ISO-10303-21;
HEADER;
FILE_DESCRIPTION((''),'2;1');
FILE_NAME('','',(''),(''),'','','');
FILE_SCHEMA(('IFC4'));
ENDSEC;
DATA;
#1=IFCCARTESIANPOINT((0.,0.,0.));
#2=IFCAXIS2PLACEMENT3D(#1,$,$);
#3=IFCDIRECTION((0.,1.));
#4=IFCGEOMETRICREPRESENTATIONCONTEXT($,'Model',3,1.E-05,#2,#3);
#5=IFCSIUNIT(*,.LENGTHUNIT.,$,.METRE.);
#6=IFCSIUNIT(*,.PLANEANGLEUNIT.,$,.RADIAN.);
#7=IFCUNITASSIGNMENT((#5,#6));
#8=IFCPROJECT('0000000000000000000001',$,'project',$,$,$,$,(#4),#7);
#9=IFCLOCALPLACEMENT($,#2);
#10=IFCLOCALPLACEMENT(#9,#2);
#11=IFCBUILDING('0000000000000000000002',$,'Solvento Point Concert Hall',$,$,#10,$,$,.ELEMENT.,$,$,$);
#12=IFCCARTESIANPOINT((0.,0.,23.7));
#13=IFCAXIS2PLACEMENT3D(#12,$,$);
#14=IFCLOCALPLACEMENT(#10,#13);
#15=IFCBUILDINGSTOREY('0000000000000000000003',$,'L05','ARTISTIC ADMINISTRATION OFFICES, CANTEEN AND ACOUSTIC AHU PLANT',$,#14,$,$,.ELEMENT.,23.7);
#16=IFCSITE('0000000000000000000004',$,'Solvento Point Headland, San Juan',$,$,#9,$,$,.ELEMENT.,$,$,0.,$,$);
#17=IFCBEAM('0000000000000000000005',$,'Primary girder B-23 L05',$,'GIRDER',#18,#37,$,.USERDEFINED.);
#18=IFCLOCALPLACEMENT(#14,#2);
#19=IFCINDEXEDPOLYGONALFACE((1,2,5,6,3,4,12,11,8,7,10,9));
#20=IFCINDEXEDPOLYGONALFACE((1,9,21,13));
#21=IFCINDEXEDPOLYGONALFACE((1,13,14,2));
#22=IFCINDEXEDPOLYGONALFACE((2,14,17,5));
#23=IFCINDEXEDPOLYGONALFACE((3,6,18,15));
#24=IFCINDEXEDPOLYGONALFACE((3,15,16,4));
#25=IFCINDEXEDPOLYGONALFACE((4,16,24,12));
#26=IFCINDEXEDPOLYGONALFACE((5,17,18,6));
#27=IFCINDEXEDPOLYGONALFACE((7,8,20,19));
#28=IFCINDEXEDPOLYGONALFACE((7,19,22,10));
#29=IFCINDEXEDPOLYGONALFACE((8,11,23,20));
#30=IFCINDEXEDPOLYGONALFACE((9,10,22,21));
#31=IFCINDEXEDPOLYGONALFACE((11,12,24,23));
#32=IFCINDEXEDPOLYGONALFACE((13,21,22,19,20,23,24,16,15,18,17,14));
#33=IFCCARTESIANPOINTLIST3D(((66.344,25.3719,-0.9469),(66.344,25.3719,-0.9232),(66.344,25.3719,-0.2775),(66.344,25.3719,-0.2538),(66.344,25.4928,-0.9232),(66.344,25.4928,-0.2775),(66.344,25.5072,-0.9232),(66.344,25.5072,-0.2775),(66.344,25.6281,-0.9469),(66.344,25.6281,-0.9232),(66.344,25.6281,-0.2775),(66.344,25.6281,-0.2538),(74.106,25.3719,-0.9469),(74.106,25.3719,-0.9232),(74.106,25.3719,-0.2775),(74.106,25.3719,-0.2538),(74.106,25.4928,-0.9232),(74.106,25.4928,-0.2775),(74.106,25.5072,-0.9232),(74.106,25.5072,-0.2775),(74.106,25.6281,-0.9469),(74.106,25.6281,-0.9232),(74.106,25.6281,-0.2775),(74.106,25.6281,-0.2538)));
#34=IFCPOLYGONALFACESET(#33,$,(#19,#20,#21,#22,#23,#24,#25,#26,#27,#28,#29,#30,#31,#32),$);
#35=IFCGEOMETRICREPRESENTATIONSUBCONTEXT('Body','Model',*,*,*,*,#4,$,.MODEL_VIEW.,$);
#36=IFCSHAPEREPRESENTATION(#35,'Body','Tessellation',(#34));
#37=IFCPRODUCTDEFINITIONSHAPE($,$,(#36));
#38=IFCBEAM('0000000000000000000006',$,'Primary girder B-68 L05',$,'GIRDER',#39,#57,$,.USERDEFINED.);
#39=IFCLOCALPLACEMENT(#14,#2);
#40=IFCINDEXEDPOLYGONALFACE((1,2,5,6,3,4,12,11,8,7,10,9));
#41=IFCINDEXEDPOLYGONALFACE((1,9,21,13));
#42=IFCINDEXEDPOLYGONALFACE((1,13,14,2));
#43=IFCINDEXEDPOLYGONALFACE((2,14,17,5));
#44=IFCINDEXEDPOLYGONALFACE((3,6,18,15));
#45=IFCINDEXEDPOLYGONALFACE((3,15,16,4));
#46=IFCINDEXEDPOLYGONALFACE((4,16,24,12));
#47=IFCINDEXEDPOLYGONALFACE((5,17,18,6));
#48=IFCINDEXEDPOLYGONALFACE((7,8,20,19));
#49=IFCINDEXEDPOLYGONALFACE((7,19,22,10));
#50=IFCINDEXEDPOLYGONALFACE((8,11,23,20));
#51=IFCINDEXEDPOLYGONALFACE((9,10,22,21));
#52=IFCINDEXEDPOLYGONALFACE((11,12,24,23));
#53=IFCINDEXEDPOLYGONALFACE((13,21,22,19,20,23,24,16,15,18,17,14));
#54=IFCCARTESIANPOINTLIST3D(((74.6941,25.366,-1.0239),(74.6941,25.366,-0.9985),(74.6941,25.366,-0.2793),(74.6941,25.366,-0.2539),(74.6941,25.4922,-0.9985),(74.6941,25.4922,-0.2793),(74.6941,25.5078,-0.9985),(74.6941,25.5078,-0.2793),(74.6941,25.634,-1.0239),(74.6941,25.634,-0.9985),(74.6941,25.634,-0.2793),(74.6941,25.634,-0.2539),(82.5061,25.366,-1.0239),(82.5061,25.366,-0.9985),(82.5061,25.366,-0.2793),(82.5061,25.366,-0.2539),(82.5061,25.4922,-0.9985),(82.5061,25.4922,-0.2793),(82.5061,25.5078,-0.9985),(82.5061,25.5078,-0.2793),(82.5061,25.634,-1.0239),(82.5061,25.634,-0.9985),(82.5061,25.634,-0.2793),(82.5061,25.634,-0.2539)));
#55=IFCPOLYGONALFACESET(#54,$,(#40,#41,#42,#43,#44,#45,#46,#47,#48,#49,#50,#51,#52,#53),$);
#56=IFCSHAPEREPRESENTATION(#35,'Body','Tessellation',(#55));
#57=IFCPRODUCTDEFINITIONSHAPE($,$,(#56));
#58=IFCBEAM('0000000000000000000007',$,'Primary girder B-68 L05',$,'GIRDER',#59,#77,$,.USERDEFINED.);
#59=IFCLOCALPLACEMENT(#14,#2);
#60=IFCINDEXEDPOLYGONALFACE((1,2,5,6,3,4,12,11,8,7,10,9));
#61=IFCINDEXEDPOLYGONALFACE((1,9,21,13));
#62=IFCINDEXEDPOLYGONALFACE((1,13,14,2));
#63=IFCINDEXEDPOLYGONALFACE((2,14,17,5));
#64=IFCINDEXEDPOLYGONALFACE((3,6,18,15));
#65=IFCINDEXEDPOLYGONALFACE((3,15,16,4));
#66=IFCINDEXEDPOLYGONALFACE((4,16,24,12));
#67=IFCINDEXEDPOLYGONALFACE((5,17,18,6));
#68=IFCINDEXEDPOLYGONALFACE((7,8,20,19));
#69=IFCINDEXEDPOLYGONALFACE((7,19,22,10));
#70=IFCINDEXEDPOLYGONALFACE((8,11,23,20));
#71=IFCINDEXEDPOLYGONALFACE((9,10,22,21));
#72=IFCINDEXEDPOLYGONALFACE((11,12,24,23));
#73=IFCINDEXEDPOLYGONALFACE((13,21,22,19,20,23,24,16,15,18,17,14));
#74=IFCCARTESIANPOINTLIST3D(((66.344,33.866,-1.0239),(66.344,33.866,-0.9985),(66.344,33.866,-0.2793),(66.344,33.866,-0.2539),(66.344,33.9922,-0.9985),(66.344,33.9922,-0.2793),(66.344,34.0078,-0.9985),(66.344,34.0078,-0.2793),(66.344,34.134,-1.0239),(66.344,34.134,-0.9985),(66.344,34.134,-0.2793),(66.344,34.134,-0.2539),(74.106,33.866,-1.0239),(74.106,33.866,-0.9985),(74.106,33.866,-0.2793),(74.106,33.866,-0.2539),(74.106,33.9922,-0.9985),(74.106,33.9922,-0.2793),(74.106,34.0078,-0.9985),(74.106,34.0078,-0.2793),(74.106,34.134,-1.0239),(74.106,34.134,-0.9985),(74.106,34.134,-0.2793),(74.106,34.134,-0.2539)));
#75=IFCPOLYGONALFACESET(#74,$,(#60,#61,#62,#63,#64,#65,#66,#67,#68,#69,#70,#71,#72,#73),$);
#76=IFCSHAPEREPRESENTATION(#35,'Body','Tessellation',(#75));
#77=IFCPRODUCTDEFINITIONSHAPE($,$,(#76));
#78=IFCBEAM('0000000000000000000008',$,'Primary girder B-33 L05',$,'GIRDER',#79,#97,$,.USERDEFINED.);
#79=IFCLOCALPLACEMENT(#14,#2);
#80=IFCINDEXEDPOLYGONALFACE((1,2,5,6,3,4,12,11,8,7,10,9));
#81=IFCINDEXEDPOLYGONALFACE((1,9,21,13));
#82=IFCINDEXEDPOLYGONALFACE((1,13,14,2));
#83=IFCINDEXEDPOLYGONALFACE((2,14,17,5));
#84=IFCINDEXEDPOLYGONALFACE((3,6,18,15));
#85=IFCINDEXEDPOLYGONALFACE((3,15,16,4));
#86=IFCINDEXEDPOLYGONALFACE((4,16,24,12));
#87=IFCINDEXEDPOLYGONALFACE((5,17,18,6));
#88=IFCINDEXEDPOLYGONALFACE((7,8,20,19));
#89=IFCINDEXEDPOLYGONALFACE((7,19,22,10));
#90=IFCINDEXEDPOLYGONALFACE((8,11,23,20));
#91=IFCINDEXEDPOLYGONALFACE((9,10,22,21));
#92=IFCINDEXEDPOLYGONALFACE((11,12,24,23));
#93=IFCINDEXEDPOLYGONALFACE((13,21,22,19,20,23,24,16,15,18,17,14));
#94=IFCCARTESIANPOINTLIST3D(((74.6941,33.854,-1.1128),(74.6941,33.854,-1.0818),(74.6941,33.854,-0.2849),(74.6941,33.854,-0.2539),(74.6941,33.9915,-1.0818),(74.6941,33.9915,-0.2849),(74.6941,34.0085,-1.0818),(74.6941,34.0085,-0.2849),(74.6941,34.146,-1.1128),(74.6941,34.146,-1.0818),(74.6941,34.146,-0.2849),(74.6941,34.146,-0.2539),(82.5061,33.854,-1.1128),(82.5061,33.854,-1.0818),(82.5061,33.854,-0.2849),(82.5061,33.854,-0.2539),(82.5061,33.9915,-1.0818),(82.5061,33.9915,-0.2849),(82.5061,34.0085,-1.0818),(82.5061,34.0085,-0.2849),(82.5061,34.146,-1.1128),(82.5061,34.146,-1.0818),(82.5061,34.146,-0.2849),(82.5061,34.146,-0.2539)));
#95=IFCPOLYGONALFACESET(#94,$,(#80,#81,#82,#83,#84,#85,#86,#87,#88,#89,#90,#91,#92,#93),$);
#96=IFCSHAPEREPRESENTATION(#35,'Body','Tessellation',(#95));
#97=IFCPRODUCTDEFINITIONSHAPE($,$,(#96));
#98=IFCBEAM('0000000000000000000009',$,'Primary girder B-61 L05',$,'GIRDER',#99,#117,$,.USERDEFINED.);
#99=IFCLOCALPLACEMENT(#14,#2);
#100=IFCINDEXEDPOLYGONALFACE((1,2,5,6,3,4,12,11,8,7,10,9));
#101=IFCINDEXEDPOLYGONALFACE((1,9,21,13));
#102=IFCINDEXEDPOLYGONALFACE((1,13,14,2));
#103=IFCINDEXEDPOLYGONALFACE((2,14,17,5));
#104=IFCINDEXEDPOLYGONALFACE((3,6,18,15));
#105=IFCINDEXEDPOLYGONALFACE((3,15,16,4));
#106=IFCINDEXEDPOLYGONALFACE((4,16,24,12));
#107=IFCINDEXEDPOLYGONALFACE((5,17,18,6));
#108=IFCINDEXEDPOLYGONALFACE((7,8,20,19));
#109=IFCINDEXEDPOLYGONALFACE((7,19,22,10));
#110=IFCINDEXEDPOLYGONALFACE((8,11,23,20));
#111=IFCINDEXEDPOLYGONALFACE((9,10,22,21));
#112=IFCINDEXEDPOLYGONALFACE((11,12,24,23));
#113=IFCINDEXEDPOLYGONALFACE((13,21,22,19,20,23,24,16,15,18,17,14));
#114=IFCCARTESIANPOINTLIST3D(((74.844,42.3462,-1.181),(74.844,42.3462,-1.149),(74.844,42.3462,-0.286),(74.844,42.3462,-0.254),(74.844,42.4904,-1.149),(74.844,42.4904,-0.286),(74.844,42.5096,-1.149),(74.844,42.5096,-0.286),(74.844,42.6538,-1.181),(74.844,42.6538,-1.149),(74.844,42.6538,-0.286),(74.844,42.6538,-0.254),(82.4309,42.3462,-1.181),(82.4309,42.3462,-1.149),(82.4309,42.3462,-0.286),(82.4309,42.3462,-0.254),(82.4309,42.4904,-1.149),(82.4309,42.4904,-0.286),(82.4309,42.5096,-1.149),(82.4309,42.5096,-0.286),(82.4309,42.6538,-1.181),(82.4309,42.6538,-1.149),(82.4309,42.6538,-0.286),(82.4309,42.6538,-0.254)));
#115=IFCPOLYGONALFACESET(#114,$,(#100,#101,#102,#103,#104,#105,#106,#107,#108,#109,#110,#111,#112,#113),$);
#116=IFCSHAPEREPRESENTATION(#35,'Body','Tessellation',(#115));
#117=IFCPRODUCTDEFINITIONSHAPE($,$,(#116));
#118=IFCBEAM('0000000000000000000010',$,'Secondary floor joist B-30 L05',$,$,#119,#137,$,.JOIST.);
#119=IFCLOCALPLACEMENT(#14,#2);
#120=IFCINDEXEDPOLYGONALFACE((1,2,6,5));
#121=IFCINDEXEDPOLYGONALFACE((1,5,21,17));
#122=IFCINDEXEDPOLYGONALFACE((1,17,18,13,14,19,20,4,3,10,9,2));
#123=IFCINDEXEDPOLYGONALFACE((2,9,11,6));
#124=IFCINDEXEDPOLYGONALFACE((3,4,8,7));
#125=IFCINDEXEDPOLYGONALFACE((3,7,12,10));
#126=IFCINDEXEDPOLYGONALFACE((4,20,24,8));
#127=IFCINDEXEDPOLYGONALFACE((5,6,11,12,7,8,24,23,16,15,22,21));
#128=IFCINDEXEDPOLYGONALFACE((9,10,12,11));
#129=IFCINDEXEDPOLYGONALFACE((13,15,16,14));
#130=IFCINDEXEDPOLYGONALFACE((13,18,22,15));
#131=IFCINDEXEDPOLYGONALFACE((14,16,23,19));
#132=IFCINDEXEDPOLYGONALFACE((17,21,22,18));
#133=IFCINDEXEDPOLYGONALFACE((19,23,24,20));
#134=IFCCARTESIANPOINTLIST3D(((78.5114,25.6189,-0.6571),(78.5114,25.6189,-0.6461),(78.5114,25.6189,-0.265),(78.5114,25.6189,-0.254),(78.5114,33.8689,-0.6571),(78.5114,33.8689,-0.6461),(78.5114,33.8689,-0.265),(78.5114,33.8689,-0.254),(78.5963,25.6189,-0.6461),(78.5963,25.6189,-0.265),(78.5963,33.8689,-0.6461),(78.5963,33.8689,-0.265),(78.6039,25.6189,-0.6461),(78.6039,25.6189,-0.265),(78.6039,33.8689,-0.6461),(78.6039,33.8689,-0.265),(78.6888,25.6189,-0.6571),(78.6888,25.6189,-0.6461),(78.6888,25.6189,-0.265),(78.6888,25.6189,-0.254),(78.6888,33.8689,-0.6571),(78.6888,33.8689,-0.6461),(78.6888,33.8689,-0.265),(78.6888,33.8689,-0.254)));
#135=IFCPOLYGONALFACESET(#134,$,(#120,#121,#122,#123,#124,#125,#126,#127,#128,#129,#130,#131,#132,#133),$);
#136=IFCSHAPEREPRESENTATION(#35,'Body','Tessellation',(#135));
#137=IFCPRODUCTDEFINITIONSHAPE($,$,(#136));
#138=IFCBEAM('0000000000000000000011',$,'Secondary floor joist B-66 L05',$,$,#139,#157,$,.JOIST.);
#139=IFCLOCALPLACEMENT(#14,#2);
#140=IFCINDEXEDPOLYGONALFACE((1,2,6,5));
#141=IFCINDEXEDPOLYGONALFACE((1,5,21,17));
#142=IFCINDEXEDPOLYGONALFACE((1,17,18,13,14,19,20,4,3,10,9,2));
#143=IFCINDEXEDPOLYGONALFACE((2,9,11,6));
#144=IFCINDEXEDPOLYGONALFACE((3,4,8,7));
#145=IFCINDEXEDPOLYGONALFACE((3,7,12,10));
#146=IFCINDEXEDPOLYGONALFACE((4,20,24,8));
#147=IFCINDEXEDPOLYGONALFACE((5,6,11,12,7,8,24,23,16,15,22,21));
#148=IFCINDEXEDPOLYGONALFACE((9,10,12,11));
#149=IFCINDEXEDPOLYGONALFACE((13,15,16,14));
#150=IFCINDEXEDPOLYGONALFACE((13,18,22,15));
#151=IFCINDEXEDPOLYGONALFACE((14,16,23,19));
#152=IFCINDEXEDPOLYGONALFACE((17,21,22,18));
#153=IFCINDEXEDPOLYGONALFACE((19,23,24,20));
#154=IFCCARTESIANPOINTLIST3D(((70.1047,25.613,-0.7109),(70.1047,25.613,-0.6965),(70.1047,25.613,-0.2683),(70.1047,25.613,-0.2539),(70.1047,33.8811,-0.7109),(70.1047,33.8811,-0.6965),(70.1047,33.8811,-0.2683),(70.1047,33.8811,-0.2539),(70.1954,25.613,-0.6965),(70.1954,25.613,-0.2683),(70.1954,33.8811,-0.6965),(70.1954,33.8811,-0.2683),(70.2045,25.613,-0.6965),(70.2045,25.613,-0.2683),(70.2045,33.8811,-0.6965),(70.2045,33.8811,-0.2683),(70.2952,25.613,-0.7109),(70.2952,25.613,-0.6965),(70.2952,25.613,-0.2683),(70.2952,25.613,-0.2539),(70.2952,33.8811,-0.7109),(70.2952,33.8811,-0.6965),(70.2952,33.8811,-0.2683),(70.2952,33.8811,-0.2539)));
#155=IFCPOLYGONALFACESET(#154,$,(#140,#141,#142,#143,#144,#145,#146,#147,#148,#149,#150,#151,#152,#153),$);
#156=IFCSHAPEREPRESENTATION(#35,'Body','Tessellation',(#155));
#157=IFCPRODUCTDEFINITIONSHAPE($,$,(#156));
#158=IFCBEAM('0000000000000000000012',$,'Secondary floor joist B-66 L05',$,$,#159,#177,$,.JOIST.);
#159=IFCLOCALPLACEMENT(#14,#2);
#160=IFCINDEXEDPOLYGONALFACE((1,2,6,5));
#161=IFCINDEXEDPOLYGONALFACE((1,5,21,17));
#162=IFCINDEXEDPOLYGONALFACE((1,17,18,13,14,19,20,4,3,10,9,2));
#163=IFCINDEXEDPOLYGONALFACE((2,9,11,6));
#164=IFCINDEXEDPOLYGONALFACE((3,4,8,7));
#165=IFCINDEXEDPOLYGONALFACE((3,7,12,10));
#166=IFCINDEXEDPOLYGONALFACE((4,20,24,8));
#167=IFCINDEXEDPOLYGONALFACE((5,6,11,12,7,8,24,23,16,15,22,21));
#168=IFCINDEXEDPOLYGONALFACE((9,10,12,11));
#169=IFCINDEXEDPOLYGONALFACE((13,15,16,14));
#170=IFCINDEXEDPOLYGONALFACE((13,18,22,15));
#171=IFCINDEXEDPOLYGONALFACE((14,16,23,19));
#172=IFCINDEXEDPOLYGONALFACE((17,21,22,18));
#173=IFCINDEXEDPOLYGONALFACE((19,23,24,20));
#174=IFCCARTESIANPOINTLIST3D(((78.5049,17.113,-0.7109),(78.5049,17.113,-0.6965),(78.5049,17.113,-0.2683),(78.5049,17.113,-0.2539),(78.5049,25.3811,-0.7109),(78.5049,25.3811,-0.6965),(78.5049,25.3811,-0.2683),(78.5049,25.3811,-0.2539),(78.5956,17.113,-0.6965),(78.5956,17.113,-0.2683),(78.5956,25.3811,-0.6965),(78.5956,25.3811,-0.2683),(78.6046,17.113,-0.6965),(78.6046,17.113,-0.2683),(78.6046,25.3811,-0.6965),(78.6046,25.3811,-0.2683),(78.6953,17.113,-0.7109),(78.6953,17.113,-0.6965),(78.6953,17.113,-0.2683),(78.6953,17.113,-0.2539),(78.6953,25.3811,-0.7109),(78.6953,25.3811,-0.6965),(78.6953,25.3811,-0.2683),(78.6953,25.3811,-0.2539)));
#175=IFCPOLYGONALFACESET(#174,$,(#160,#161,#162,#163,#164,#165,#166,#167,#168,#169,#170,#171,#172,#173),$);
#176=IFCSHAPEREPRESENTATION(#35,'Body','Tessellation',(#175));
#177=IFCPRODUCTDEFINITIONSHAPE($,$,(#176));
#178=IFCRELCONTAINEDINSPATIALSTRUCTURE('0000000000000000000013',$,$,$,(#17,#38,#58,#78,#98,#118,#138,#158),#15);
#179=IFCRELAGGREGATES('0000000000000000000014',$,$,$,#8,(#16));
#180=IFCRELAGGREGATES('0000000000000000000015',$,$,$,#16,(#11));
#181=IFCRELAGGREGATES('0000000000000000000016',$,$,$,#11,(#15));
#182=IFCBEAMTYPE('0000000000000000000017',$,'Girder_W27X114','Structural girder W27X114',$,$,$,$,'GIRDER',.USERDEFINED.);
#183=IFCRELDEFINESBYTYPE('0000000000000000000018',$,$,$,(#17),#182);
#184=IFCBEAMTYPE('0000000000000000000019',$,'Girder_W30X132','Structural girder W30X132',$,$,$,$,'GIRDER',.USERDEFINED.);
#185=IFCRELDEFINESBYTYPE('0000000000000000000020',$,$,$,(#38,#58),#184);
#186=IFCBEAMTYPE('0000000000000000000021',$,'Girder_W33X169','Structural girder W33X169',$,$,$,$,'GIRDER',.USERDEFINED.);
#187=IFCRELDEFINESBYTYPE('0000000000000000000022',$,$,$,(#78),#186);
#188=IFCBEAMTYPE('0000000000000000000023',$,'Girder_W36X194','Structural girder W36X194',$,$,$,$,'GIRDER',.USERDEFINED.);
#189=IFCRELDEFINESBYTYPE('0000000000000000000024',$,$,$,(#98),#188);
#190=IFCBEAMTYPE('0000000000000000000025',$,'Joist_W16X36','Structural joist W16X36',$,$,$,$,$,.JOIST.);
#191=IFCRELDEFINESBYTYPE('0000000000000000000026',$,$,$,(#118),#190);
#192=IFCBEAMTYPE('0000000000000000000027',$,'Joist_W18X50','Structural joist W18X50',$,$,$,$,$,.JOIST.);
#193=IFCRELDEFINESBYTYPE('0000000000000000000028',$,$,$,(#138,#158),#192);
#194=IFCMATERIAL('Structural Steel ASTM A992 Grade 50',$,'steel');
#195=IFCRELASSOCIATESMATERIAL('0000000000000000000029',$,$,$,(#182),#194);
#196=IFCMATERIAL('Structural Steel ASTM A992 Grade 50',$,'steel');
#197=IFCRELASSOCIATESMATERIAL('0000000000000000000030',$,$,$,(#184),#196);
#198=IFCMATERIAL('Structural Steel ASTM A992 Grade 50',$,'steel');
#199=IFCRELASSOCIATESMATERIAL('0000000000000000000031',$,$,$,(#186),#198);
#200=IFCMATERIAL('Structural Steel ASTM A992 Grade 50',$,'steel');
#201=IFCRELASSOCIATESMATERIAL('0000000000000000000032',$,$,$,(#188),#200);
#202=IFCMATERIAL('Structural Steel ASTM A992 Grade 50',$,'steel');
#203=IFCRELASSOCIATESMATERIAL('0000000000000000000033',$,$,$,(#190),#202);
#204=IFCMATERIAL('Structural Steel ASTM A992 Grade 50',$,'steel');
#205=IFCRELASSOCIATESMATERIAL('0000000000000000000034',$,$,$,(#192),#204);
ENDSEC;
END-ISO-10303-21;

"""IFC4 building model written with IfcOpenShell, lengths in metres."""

from ifc_helpers import new_model, si_unit, direction, frame, origin, origin_2d, place, context, subcontext, project, spatial, i_section, extrude, material, material_profile, profile_set, type_object, element, save


model = new_model("IFC4")

# Units and contexts
model_context = context("Model", 3, precision=1e-05, world=origin(), true_north=direction((0.0, 1.0)))
body_context = subcontext(model_context, "Body", "Model", "MODEL_VIEW")
ifc_project = project(units=[si_unit("LENGTHUNIT", "METRE"), si_unit("PLANEANGLEUNIT", "RADIAN")], contexts=[model_context])

# Site, building, storey
site_placement = place(None, origin())
site = spatial("IfcSite", under=ifc_project, at=site_placement, Name="Solvento Point Headland, San Juan", CompositionType="ELEMENT", RefElevation=0.0)
building_placement = place(site_placement, origin())
building = spatial("IfcBuilding", under=site, at=building_placement, Name="Solvento Point Concert Hall", CompositionType="ELEMENT")
storey_placement = place(building_placement, frame((0.0, 0.0, 23.7)))
storey = spatial("IfcBuildingStorey", under=building, at=storey_placement, Name="L05", Description="ARTISTIC ADMINISTRATION OFFICES, CANTEEN AND ACOUSTIC AHU PLANT", CompositionType="ELEMENT", Elevation=23.7)

# Beams
ifc_material_1 = material(Name="Structural Steel ASTM A992 Grade 50", Category="steel")
ifc_material_profile_1 = material_profile(ifc_material_1, i_section(OverallWidth=0.2561, OverallDepth=0.6931, WebThickness=0.0144, FlangeThickness=0.0237, at=origin_2d()), Name="W27X114")
ifc_profile_set_1 = profile_set([ifc_material_profile_1], Name="Structural Steel ASTM A992 Grade 50")
beam_type_1 = type_object("IfcBeamType", Name="Girder_W27X114", Description="Structural girder W27X114", ElementType="GIRDER", PredefinedType="USERDEFINED", material=ifc_profile_set_1)
beam_1_placement = place(storey_placement, frame((66.344, 25.5, -0.6003), z_axis=(1.0, 0.0, 0.0), x_axis=(0.0, 1.0, 0.0)))
element("IfcBeam", 1, at=beam_1_placement, inside=storey, type_object=beam_type_1, Name="Primary girder B-23 L05", ObjectType="GIRDER", PredefinedType="USERDEFINED", context=body_context, shape_type="SweptSolid", body=[
    extrude(i_section(OverallWidth=0.2561, OverallDepth=0.6931, WebThickness=0.0144, FlangeThickness=0.0237, at=origin_2d()), origin(), (0.0, 0.0, 1.0), 7.762),
])
ifc_material_2 = material(Name="Structural Steel ASTM A992 Grade 50", Category="steel")
ifc_material_profile_2 = material_profile(ifc_material_2, i_section(OverallWidth=0.2681, OverallDepth=0.77, WebThickness=0.0156, FlangeThickness=0.0254, at=origin_2d()), Name="W30X132")
ifc_profile_set_2 = profile_set([ifc_material_profile_2], Name="Structural Steel ASTM A992 Grade 50")
beam_type_2 = type_object("IfcBeamType", Name="Girder_W30X132", Description="Structural girder W30X132", ElementType="GIRDER", PredefinedType="USERDEFINED", material=ifc_profile_set_2)
beam_2_placement = place(storey_placement, frame((74.6941, 25.5, -0.6389), z_axis=(1.0, 0.0, 0.0), x_axis=(0.0, 1.0, 0.0)))
element("IfcBeam", 2, at=beam_2_placement, inside=storey, type_object=beam_type_2, Name="Primary girder B-68 L05", ObjectType="GIRDER", PredefinedType="USERDEFINED", context=body_context, shape_type="SweptSolid", body=[
    extrude(i_section(OverallWidth=0.2681, OverallDepth=0.77, WebThickness=0.0156, FlangeThickness=0.0254, at=origin_2d()), origin(), (0.0, 0.0, 1.0), 7.812),
])
beam_3_placement = place(storey_placement, frame((66.344, 34.0, -0.6389), z_axis=(1.0, 0.0, 0.0), x_axis=(0.0, 1.0, 0.0)))
element("IfcBeam", 3, at=beam_3_placement, inside=storey, type_object=beam_type_2, Name="Primary girder B-68 L05", ObjectType="GIRDER", PredefinedType="USERDEFINED", context=body_context, shape_type="SweptSolid", body=[
    extrude(i_section(OverallWidth=0.2681, OverallDepth=0.77, WebThickness=0.0156, FlangeThickness=0.0254, at=origin_2d()), origin(), (0.0, 0.0, 1.0), 7.762),
])
ifc_material_3 = material(Name="Structural Steel ASTM A992 Grade 50", Category="steel")
ifc_material_profile_3 = material_profile(ifc_material_3, i_section(OverallWidth=0.292, OverallDepth=0.8589, WebThickness=0.0171, FlangeThickness=0.031, at=origin_2d()), Name="W33X169")
ifc_profile_set_3 = profile_set([ifc_material_profile_3], Name="Structural Steel ASTM A992 Grade 50")
beam_type_3 = type_object("IfcBeamType", Name="Girder_W33X169", Description="Structural girder W33X169", ElementType="GIRDER", PredefinedType="USERDEFINED", material=ifc_profile_set_3)
beam_4_placement = place(storey_placement, frame((74.6941, 34.0, -0.6833), z_axis=(1.0, 0.0, 0.0), x_axis=(0.0, 1.0, 0.0)))
element("IfcBeam", 4, at=beam_4_placement, inside=storey, type_object=beam_type_3, Name="Primary girder B-33 L05", ObjectType="GIRDER", PredefinedType="USERDEFINED", context=body_context, shape_type="SweptSolid", body=[
    extrude(i_section(OverallWidth=0.292, OverallDepth=0.8589, WebThickness=0.0171, FlangeThickness=0.031, at=origin_2d()), origin(), (0.0, 0.0, 1.0), 7.812),
])
ifc_material_4 = material(Name="Structural Steel ASTM A992 Grade 50", Category="steel")
ifc_material_profile_4 = material_profile(ifc_material_4, i_section(OverallWidth=0.3076, OverallDepth=0.927, WebThickness=0.0193, FlangeThickness=0.032, at=origin_2d()), Name="W36X194")
ifc_profile_set_4 = profile_set([ifc_material_profile_4], Name="Structural Steel ASTM A992 Grade 50")
beam_type_4 = type_object("IfcBeamType", Name="Girder_W36X194", Description="Structural girder W36X194", ElementType="GIRDER", PredefinedType="USERDEFINED", material=ifc_profile_set_4)
beam_5_placement = place(storey_placement, frame((74.844, 42.5, -0.7175), z_axis=(1.0, 0.0, 0.0), x_axis=(0.0, 1.0, 0.0)))
element("IfcBeam", 5, at=beam_5_placement, inside=storey, type_object=beam_type_4, Name="Primary girder B-61 L05", ObjectType="GIRDER", PredefinedType="USERDEFINED", context=body_context, shape_type="SweptSolid", body=[
    extrude(i_section(OverallWidth=0.3076, OverallDepth=0.927, WebThickness=0.0193, FlangeThickness=0.032, at=origin_2d()), origin(), (0.0, 0.0, 1.0), 7.5869),
])
ifc_material_5 = material(Name="Structural Steel ASTM A992 Grade 50", Category="steel")
ifc_material_profile_5 = material_profile(ifc_material_5, i_section(OverallWidth=0.1775, OverallDepth=0.4031, WebThickness=0.0076, FlangeThickness=0.011, at=origin_2d()), Name="W16X36")
ifc_profile_set_5 = profile_set([ifc_material_profile_5], Name="Structural Steel ASTM A992 Grade 50")
beam_type_5 = type_object("IfcBeamType", Name="Joist_W16X36", Description="Structural joist W16X36", PredefinedType="JOIST", material=ifc_profile_set_5)
beam_6_placement = place(storey_placement, frame((78.6001, 25.6189, -0.4556), z_axis=(0.0, 1.0, 0.0), x_axis=(-1.0, 0.0, 0.0)))
element("IfcBeam", 6, at=beam_6_placement, inside=storey, type_object=beam_type_5, Name="Secondary floor joist B-30 L05", PredefinedType="JOIST", context=body_context, shape_type="SweptSolid", body=[
    extrude(i_section(OverallWidth=0.1775, OverallDepth=0.4031, WebThickness=0.0076, FlangeThickness=0.011, at=origin_2d()), origin(), (0.0, 0.0, 1.0), 8.25),
])
ifc_material_6 = material(Name="Structural Steel ASTM A992 Grade 50", Category="steel")
ifc_material_profile_6 = material_profile(ifc_material_6, i_section(OverallWidth=0.1904, OverallDepth=0.457, WebThickness=0.009, FlangeThickness=0.0144, at=origin_2d()), Name="W18X50")
ifc_profile_set_6 = profile_set([ifc_material_profile_6], Name="Structural Steel ASTM A992 Grade 50")
beam_type_6 = type_object("IfcBeamType", Name="Joist_W18X50", Description="Structural joist W18X50", PredefinedType="JOIST", material=ifc_profile_set_6)
for number, where, z_axis, x_axis, name in (
    (7, (70.2, 25.613, -0.4824), (0.0, 1.0, 0.0), (-1.0, 0.0, 0.0), "Secondary floor joist B-66 L05"),
    (8, (78.6001, 17.113, -0.4824), (0.0, 1.0, 0.0), (-1.0, 0.0, 0.0), "Secondary floor joist B-66 L05"),
):
    element("IfcBeam", number, at=place(storey_placement, frame(where, z_axis=z_axis, x_axis=x_axis)), inside=storey, type_object=beam_type_6, Name=name, PredefinedType="JOIST", context=body_context, shape_type="SweptSolid", body=[
        extrude(i_section(OverallWidth=0.1904, OverallDepth=0.457, WebThickness=0.009, FlangeThickness=0.0144, at=origin_2d()), origin(), (0.0, 0.0, 1.0), 8.2681),
    ])

save(model, "model.ifc")
